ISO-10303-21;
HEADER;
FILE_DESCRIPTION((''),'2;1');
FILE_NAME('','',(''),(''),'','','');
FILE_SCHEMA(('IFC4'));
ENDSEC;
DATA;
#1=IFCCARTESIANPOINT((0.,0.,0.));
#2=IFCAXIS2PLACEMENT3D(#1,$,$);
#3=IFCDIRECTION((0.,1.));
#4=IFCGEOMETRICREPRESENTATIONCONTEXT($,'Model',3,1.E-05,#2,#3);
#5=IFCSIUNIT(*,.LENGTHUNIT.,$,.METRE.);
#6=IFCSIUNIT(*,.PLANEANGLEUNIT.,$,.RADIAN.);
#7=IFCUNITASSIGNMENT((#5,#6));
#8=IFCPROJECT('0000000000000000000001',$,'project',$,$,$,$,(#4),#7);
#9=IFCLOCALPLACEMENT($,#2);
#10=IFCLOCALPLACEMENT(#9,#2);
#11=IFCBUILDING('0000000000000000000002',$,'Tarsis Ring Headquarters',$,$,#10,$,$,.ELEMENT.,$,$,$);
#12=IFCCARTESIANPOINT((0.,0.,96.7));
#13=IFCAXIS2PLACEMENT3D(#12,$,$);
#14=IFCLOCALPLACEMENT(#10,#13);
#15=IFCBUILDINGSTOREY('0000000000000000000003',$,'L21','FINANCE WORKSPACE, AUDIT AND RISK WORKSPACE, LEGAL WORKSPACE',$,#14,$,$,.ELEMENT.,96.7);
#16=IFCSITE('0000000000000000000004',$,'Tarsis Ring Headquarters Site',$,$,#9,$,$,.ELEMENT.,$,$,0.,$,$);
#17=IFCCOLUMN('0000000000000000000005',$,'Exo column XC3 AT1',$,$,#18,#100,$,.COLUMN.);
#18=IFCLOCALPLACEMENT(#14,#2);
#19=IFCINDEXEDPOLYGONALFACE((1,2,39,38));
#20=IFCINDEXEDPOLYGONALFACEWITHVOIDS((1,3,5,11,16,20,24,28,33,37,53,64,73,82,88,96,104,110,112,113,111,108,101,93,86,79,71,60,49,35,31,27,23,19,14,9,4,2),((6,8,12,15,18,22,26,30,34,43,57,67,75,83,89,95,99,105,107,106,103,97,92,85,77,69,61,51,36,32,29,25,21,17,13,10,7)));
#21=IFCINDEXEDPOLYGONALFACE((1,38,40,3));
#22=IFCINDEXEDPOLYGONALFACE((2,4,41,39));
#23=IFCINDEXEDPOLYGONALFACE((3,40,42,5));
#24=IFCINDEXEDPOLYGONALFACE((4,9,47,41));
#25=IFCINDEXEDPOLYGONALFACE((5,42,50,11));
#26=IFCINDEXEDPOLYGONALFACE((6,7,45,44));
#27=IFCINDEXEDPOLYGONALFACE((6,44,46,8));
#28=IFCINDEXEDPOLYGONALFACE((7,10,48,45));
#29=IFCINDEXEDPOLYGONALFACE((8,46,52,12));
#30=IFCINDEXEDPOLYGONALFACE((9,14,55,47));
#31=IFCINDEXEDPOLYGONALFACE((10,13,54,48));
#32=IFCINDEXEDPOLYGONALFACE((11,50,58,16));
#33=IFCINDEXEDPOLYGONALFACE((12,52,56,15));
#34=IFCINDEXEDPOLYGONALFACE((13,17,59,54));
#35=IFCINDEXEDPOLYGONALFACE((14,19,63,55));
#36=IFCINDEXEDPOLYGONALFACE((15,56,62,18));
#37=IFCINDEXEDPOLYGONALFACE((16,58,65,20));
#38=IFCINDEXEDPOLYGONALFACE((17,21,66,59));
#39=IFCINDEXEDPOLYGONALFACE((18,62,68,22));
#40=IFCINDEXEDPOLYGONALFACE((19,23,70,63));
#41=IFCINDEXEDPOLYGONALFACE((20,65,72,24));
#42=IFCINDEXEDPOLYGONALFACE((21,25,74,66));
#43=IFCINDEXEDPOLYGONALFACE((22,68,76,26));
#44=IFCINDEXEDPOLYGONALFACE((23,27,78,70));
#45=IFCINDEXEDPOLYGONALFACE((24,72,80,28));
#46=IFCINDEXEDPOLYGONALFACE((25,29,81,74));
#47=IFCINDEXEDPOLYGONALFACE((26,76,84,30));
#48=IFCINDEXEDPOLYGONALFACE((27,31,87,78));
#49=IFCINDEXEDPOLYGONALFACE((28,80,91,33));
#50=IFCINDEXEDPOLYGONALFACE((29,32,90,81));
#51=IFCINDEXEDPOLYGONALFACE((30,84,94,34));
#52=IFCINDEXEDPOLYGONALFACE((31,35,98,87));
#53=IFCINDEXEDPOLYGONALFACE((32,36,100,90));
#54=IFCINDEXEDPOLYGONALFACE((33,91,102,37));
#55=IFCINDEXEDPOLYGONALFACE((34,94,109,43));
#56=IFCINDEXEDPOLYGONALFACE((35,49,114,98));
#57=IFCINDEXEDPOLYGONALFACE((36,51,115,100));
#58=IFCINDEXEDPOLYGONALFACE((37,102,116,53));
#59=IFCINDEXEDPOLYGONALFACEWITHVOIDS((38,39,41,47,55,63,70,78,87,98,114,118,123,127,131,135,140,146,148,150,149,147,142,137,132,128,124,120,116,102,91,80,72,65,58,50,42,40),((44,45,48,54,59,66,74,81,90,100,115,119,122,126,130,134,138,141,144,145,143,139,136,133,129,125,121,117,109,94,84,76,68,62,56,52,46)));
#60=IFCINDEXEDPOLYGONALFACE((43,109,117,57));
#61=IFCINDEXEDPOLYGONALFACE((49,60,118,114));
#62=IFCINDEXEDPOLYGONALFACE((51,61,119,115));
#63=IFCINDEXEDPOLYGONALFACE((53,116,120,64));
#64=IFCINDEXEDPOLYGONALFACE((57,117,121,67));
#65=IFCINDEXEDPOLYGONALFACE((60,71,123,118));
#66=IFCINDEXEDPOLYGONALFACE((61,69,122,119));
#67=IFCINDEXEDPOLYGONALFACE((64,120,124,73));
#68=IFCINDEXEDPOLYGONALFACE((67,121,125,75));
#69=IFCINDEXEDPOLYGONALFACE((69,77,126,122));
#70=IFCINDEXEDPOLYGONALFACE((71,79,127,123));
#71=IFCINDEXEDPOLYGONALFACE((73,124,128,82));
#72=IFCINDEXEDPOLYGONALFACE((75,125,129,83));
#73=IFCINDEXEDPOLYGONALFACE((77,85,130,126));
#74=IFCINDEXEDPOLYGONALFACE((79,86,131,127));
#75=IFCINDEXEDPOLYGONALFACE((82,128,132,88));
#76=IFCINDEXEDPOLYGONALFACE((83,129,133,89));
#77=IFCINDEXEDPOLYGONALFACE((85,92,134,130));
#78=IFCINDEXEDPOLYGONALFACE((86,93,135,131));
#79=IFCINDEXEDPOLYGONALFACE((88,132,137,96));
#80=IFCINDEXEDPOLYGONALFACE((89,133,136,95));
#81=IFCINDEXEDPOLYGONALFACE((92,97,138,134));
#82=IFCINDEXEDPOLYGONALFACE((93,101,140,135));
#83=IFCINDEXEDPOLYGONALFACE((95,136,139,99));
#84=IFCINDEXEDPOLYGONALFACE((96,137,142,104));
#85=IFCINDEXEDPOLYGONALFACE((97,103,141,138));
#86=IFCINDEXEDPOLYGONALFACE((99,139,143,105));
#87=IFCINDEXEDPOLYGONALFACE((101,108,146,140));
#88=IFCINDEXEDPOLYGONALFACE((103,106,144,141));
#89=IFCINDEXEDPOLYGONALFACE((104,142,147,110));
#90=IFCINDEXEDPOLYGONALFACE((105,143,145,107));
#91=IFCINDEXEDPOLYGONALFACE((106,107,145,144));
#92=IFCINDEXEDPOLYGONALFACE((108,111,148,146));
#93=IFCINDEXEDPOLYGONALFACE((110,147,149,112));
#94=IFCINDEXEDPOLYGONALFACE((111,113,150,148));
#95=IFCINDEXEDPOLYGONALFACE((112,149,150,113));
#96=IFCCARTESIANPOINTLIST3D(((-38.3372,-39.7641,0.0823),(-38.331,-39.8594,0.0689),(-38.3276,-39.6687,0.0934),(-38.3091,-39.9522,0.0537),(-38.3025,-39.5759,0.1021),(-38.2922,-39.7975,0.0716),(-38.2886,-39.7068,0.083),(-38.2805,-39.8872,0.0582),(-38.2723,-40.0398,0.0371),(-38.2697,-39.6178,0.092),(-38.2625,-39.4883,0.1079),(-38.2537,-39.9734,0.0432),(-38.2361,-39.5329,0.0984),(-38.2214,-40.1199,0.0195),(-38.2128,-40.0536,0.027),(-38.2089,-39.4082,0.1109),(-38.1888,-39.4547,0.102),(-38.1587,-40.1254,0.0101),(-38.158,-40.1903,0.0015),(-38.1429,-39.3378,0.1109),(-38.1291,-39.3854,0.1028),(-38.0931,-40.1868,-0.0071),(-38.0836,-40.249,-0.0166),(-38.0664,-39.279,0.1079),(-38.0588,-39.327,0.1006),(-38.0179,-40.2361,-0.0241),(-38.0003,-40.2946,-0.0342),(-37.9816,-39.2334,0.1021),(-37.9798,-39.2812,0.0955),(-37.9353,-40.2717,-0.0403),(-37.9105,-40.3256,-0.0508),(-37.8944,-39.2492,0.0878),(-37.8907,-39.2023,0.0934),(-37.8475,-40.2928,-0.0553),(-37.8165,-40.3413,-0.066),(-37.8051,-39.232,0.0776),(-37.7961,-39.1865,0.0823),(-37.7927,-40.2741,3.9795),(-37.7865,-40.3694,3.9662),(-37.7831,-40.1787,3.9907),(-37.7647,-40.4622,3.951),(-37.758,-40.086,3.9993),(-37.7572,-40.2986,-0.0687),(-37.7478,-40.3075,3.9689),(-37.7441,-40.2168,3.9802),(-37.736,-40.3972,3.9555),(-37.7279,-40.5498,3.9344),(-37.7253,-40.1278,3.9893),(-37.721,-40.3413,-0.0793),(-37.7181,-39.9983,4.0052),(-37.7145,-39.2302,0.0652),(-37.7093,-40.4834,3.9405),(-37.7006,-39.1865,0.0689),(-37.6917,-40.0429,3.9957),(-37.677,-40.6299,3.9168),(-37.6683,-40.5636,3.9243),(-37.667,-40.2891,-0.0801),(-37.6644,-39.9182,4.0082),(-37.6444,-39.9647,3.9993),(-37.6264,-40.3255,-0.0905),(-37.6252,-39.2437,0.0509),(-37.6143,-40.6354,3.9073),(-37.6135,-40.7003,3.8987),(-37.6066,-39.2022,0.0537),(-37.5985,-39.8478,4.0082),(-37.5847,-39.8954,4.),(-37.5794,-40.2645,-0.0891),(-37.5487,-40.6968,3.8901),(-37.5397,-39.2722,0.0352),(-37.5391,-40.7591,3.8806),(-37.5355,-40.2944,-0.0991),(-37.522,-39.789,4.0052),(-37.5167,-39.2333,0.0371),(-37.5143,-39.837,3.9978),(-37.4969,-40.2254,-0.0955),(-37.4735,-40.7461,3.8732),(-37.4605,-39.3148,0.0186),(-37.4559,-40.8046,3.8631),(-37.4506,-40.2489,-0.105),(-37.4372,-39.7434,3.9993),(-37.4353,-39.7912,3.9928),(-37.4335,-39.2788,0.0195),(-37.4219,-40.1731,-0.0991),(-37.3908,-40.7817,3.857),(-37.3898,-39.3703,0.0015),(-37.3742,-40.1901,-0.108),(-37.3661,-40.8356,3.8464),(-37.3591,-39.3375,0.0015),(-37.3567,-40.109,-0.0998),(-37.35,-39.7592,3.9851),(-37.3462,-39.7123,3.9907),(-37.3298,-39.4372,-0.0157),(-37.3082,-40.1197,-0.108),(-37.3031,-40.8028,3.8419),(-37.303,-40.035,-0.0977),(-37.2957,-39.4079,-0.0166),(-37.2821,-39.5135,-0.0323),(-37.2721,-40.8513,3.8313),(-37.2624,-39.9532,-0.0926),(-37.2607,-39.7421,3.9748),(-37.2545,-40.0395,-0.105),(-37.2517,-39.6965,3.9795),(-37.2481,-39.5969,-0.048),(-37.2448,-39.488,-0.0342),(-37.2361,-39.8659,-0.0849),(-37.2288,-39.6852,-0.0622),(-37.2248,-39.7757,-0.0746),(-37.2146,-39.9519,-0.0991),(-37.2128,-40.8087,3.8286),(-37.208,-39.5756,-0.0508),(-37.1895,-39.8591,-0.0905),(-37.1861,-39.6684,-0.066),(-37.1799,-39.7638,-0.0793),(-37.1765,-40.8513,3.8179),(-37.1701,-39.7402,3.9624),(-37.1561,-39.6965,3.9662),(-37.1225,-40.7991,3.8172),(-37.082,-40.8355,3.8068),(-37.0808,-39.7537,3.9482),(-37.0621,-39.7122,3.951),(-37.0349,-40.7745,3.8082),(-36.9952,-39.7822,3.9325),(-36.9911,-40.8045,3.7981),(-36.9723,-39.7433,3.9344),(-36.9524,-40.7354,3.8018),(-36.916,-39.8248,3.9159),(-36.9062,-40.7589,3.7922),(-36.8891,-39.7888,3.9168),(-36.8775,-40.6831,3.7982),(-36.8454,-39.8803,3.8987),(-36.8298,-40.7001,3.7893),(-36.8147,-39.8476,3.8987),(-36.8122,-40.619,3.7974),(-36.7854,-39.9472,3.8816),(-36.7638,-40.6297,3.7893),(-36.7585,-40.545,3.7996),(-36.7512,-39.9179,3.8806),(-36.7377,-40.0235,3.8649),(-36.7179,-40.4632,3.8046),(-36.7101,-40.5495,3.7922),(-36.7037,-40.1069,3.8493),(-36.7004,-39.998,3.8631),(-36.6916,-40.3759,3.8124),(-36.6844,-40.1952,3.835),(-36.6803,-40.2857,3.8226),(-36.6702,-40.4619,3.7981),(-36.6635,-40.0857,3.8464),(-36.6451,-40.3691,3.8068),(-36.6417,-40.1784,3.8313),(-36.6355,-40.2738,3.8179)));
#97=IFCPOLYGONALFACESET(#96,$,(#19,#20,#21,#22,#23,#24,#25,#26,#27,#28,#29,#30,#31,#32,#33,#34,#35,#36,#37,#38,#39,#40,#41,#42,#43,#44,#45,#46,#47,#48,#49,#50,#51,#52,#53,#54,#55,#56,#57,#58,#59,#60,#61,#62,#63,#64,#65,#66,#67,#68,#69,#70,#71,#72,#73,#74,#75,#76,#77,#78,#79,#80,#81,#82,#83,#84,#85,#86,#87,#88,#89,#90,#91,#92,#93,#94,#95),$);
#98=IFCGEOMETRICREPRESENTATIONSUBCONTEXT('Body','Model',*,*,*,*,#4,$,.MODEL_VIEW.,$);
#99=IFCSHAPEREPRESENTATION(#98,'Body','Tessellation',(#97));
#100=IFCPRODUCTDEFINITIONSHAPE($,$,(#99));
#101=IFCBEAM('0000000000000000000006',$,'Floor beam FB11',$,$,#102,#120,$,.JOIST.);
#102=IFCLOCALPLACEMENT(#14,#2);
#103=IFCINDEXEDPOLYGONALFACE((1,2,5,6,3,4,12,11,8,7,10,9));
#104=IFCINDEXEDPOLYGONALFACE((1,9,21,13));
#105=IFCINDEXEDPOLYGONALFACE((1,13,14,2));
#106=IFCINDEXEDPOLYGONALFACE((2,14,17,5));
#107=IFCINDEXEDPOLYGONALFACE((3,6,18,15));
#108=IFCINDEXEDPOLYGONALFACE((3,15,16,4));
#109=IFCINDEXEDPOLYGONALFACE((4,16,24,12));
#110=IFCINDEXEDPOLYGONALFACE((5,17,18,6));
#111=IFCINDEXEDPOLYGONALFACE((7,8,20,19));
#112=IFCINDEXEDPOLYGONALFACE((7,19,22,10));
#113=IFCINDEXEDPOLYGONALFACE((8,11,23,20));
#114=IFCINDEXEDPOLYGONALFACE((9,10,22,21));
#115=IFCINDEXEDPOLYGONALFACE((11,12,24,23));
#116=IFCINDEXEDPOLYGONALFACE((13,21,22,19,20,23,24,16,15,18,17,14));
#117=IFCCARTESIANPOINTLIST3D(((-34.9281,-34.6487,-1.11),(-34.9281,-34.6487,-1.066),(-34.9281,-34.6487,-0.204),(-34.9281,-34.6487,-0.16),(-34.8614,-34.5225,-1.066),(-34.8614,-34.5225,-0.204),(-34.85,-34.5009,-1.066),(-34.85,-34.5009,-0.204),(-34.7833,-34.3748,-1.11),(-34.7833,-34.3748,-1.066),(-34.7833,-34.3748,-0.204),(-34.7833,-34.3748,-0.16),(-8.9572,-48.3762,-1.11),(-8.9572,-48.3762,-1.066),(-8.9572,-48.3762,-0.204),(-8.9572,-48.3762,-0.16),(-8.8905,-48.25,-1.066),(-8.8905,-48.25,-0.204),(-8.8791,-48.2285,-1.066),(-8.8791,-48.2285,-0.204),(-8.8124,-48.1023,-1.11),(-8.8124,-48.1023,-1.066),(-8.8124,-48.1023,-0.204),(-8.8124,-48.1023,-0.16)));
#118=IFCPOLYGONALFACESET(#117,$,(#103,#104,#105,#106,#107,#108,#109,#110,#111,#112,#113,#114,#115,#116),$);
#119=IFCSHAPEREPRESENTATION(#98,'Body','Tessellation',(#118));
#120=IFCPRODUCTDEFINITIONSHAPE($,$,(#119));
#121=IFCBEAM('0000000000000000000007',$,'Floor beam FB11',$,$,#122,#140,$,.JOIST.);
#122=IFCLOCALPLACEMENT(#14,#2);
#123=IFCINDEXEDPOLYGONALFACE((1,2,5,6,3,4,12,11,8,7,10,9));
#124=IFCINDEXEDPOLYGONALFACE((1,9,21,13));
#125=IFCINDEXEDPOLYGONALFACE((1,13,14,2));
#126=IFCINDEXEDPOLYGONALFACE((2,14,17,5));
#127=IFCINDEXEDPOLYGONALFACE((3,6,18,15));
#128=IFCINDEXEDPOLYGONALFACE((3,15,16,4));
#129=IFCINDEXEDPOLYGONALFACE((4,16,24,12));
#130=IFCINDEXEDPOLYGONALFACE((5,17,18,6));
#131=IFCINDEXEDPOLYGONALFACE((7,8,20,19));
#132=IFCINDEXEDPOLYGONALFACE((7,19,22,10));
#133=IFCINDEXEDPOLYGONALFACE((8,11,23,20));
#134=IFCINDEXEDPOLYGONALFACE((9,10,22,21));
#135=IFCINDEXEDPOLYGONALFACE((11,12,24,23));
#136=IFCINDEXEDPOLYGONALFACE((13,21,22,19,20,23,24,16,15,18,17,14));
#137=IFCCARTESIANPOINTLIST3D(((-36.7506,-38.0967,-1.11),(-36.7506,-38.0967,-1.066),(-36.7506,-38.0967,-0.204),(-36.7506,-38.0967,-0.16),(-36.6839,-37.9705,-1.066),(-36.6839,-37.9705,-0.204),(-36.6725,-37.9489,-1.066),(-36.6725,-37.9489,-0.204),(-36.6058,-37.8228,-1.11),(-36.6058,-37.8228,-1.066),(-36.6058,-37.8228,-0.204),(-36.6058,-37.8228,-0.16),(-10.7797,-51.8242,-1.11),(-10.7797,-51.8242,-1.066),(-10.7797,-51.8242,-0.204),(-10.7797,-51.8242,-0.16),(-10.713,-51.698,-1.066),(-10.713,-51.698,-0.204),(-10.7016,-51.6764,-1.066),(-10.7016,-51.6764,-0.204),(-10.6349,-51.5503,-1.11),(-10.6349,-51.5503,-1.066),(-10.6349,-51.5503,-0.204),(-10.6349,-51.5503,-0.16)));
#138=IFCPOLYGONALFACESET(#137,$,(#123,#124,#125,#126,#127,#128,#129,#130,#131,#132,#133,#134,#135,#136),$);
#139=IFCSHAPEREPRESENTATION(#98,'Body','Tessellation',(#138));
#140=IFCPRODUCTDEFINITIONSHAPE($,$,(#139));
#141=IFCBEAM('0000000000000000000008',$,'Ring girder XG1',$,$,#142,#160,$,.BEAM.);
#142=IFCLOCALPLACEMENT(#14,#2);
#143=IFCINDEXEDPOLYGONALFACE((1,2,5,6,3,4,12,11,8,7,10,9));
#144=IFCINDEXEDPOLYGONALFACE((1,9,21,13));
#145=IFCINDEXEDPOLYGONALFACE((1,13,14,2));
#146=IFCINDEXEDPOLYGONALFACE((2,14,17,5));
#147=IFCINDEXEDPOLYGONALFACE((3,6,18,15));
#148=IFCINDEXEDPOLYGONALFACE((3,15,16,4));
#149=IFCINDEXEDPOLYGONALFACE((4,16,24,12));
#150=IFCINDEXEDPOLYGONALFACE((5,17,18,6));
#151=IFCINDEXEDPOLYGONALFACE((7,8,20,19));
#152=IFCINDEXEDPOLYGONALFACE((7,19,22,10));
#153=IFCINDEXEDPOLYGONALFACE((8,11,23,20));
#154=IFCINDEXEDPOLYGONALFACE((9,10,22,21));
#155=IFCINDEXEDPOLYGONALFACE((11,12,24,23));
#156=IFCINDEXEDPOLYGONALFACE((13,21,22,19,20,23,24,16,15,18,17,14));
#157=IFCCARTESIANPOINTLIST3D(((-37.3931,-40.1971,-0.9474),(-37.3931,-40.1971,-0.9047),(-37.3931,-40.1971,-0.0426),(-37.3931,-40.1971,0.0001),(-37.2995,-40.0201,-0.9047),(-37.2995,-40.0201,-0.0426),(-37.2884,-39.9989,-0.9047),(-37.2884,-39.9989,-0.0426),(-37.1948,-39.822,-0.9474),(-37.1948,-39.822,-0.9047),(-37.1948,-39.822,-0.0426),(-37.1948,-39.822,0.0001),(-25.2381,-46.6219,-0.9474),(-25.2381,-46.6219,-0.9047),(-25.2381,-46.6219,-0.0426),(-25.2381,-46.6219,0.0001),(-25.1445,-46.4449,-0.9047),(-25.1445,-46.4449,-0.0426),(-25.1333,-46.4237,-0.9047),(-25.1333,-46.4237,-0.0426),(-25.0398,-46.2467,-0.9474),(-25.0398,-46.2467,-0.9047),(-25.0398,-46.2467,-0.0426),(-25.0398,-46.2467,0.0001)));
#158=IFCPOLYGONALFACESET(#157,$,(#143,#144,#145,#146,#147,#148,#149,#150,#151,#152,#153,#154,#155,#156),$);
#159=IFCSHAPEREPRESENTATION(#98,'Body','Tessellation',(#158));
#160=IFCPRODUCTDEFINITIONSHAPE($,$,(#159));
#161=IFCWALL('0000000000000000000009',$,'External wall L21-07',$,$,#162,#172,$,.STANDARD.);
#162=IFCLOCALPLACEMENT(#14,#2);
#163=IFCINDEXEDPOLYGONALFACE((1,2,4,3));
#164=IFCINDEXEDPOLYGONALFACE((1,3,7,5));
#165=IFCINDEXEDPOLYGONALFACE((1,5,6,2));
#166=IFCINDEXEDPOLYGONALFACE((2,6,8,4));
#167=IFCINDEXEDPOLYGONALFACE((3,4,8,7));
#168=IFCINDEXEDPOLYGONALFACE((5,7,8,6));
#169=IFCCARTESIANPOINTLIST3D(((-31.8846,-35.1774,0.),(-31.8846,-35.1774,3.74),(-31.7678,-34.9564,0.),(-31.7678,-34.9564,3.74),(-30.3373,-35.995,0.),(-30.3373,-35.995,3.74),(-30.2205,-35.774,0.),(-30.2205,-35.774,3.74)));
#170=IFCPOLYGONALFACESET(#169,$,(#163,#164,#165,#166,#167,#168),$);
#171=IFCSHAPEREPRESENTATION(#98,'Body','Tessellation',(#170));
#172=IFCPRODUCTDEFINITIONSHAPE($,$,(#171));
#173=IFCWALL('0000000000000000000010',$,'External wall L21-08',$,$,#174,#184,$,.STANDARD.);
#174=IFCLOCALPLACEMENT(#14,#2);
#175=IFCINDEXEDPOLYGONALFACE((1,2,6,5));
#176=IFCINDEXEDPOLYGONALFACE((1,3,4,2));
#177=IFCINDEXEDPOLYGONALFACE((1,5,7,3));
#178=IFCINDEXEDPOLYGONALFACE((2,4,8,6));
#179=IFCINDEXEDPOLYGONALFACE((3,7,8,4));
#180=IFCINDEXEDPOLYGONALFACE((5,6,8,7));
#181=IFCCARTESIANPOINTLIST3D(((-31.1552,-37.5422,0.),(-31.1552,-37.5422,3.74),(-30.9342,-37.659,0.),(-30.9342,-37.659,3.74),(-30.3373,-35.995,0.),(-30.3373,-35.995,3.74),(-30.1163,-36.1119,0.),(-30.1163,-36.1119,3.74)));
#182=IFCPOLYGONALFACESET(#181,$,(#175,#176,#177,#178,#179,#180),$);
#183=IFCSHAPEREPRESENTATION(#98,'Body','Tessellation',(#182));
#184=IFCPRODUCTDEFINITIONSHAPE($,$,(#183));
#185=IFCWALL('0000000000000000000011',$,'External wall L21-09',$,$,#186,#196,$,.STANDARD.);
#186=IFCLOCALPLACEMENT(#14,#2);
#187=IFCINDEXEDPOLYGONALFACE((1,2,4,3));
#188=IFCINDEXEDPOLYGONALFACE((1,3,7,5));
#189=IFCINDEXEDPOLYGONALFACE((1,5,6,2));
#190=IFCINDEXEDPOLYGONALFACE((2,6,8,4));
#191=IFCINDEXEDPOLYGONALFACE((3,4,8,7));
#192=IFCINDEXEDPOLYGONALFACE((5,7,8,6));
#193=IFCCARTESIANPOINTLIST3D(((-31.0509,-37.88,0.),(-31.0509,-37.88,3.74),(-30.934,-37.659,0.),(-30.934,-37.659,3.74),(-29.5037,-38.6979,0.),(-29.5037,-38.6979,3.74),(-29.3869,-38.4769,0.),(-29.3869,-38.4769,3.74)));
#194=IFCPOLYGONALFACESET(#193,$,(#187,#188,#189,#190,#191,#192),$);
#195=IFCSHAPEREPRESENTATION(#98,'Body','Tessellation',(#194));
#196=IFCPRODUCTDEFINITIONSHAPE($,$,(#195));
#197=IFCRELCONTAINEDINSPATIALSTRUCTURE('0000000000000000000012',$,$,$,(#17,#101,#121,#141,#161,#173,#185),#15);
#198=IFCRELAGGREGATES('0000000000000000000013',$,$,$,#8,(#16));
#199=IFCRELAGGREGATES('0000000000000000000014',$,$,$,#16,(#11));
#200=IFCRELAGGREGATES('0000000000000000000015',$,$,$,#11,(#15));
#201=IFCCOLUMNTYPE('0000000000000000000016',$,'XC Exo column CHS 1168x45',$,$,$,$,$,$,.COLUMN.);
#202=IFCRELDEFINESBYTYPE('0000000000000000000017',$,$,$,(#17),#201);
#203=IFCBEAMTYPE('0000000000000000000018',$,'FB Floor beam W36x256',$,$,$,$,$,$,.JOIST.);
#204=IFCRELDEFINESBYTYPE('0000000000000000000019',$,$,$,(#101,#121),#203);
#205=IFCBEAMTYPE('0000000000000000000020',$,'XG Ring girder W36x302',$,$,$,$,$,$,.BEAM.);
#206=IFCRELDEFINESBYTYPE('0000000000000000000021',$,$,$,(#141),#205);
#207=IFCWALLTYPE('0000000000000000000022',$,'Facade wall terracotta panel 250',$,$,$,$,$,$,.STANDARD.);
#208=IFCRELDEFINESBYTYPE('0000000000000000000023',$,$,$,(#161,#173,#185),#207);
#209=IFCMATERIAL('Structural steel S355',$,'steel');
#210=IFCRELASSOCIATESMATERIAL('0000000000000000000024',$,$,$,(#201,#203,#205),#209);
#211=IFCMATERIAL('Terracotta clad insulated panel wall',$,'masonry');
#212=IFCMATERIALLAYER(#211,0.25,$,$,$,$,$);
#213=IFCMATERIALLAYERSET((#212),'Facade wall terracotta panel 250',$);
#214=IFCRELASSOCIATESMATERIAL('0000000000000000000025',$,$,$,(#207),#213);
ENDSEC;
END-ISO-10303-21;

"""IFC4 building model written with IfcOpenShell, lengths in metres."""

from ifc_helpers import new_model, si_unit, direction, frame, frame_2d, origin, origin_2d, place, context, subcontext, project, spatial, rectangle, hollow_circle, i_section, extrude, material, layer, layer_set, material_profile, profile_set, type_object, element, save


model = new_model("IFC4")

# Units and contexts
model_context = context("Model", 3, precision=1e-05, world=origin(), true_north=direction((0.0, 1.0)))
body_context = subcontext(model_context, "Body", "Model", "MODEL_VIEW")
ifc_project = project(units=[si_unit("LENGTHUNIT", "METRE"), si_unit("PLANEANGLEUNIT", "RADIAN")], contexts=[model_context])

# Site, building, storey
site_placement = place(None, origin())
site = spatial("IfcSite", under=ifc_project, at=site_placement, Name="Tarsis Ring Headquarters Site", CompositionType="ELEMENT", RefElevation=0.0)
building_placement = place(site_placement, origin())
building = spatial("IfcBuilding", under=site, at=building_placement, Name="Tarsis Ring Headquarters", CompositionType="ELEMENT")
storey_placement = place(building_placement, frame((0.0, 0.0, 96.7)))
storey = spatial("IfcBuildingStorey", under=building, at=storey_placement, Name="L21", Description="FINANCE WORKSPACE, AUDIT AND RISK WORKSPACE, LEGAL WORKSPACE", CompositionType="ELEMENT", Elevation=96.7)

# Column
ifc_material_1 = material(Name="Structural steel S355", Category="steel")
ifc_material_profile_1 = material_profile(ifc_material_1, hollow_circle(Radius=0.5842, WallThickness=0.0449, at=origin_2d()), Name="CHS 1168x45")
ifc_profile_set_1 = profile_set([ifc_material_profile_1], Name="Structural steel S355")
column_type = type_object("IfcColumnType", Name="XC Exo column CHS 1168x45", PredefinedType="COLUMN", material=ifc_profile_set_1)
column_placement = place(storey_placement, frame((-37.7585, -39.7639, 0.0015), z_axis=(0.137207, -0.128532, 0.982168), x_axis=(0.683658, 0.729802, 0.0)))
element("IfcColumn", 1, at=column_placement, inside=storey, type_object=column_type, Name="Exo column XC3 AT1", PredefinedType="COLUMN", context=body_context, shape_type="SweptSolid", body=[
    extrude(hollow_circle(Radius=0.5842, WallThickness=0.0449, at=origin_2d()), origin(), (0.0, 0.0, 1.0), 3.968),
])

# Beams
ifc_material_profile_2 = material_profile(ifc_material_1, i_section(OverallWidth=0.3098, OverallDepth=0.95, WebThickness=0.0244, FlangeThickness=0.0439, at=origin_2d()), Name="W36x256")
ifc_profile_set_2 = profile_set([ifc_material_profile_2], Name="Structural steel S355")
beam_type_1 = type_object("IfcBeamType", Name="FB Floor beam W36x256", PredefinedType="JOIST", material=ifc_profile_set_2)
for number, where, z_axis, x_axis, name in (
    (2, (-34.8557, -34.5117, -0.635), (0.884094, -0.467308, 0.0), (0.467308, 0.884094, 0.0), "Floor beam FB11"),
    (3, (-36.6782, -37.9597, -0.635), (0.884094, -0.467308, 0.0), (0.467308, 0.884094, 0.0), "Floor beam FB11"),
):
    element("IfcBeam", number, at=place(storey_placement, frame(where, z_axis=z_axis, x_axis=x_axis)), inside=storey, type_object=beam_type_1, Name=name, PredefinedType="JOIST", context=body_context, shape_type="SweptSolid", body=[
        extrude(i_section(OverallWidth=0.3098, OverallDepth=0.95, WebThickness=0.0244, FlangeThickness=0.0439, at=origin_2d()), origin(), (0.0, 0.0, 1.0), 29.3757),
    ])
ifc_material_profile_3 = material_profile(ifc_material_1, i_section(OverallWidth=0.4243, OverallDepth=0.9475, WebThickness=0.0239, FlangeThickness=0.0427, at=origin_2d()), Name="W36x302")
ifc_profile_set_3 = profile_set([ifc_material_profile_3], Name="Structural steel S355")
beam_type_2 = type_object("IfcBeamType", Name="XG Ring girder W36x302", PredefinedType="BEAM", material=ifc_profile_set_3)
beam_placement = place(storey_placement, frame((-37.2939, -40.0095, -0.4736), z_axis=(0.884095, -0.467308, 0.0), x_axis=(0.467308, 0.884095, 0.0)))
element("IfcBeam", 4, at=beam_placement, inside=storey, type_object=beam_type_2, Name="Ring girder XG1", PredefinedType="BEAM", context=body_context, shape_type="SweptSolid", body=[
    extrude(i_section(OverallWidth=0.4243, OverallDepth=0.9475, WebThickness=0.0239, FlangeThickness=0.0427, at=origin_2d()), origin(), (0.0, 0.0, 1.0), 13.7485),
])

# Walls
ifc_material_2 = material(Name="Terracotta clad insulated panel wall", Category="masonry")
ifc_layer = layer(ifc_material_2, 0.25)
ifc_layer_set = layer_set([ifc_layer], Name="Facade wall terracotta panel 250")
wall_type = type_object("IfcWallType", Name="Facade wall terracotta panel 250", PredefinedType="STANDARD", material=ifc_layer_set)
for number, where, z_axis, x_axis, name in (
    (5, (-31.8262, -35.0669, 0.0), (0.0, 0.0, 1.0), (0.884158, -0.467189, 0.0), "External wall L21-07"),
    (6, (-30.2268, -36.0535, 0.0), (0.0, 0.0, 1.0), (-0.467356, -0.884069, 0.0), "External wall L21-08"),
    (7, (-30.9924, -37.7695, 0.0), (0.0, 0.0, 1.0), (0.884069, -0.467356, 0.0), "External wall L21-09"),
):
    element("IfcWall", number, at=place(storey_placement, frame(where, z_axis=z_axis, x_axis=x_axis)), inside=storey, type_object=wall_type, Name=name, PredefinedType="STANDARD", context=body_context, shape_type="SweptSolid", body=[
        extrude(rectangle(XDim=1.75, YDim=0.25, at=frame_2d((0.875, 0.0))), origin(), (0.0, 0.0, 1.0), 3.74),
    ])

save(model, "model.ifc")
